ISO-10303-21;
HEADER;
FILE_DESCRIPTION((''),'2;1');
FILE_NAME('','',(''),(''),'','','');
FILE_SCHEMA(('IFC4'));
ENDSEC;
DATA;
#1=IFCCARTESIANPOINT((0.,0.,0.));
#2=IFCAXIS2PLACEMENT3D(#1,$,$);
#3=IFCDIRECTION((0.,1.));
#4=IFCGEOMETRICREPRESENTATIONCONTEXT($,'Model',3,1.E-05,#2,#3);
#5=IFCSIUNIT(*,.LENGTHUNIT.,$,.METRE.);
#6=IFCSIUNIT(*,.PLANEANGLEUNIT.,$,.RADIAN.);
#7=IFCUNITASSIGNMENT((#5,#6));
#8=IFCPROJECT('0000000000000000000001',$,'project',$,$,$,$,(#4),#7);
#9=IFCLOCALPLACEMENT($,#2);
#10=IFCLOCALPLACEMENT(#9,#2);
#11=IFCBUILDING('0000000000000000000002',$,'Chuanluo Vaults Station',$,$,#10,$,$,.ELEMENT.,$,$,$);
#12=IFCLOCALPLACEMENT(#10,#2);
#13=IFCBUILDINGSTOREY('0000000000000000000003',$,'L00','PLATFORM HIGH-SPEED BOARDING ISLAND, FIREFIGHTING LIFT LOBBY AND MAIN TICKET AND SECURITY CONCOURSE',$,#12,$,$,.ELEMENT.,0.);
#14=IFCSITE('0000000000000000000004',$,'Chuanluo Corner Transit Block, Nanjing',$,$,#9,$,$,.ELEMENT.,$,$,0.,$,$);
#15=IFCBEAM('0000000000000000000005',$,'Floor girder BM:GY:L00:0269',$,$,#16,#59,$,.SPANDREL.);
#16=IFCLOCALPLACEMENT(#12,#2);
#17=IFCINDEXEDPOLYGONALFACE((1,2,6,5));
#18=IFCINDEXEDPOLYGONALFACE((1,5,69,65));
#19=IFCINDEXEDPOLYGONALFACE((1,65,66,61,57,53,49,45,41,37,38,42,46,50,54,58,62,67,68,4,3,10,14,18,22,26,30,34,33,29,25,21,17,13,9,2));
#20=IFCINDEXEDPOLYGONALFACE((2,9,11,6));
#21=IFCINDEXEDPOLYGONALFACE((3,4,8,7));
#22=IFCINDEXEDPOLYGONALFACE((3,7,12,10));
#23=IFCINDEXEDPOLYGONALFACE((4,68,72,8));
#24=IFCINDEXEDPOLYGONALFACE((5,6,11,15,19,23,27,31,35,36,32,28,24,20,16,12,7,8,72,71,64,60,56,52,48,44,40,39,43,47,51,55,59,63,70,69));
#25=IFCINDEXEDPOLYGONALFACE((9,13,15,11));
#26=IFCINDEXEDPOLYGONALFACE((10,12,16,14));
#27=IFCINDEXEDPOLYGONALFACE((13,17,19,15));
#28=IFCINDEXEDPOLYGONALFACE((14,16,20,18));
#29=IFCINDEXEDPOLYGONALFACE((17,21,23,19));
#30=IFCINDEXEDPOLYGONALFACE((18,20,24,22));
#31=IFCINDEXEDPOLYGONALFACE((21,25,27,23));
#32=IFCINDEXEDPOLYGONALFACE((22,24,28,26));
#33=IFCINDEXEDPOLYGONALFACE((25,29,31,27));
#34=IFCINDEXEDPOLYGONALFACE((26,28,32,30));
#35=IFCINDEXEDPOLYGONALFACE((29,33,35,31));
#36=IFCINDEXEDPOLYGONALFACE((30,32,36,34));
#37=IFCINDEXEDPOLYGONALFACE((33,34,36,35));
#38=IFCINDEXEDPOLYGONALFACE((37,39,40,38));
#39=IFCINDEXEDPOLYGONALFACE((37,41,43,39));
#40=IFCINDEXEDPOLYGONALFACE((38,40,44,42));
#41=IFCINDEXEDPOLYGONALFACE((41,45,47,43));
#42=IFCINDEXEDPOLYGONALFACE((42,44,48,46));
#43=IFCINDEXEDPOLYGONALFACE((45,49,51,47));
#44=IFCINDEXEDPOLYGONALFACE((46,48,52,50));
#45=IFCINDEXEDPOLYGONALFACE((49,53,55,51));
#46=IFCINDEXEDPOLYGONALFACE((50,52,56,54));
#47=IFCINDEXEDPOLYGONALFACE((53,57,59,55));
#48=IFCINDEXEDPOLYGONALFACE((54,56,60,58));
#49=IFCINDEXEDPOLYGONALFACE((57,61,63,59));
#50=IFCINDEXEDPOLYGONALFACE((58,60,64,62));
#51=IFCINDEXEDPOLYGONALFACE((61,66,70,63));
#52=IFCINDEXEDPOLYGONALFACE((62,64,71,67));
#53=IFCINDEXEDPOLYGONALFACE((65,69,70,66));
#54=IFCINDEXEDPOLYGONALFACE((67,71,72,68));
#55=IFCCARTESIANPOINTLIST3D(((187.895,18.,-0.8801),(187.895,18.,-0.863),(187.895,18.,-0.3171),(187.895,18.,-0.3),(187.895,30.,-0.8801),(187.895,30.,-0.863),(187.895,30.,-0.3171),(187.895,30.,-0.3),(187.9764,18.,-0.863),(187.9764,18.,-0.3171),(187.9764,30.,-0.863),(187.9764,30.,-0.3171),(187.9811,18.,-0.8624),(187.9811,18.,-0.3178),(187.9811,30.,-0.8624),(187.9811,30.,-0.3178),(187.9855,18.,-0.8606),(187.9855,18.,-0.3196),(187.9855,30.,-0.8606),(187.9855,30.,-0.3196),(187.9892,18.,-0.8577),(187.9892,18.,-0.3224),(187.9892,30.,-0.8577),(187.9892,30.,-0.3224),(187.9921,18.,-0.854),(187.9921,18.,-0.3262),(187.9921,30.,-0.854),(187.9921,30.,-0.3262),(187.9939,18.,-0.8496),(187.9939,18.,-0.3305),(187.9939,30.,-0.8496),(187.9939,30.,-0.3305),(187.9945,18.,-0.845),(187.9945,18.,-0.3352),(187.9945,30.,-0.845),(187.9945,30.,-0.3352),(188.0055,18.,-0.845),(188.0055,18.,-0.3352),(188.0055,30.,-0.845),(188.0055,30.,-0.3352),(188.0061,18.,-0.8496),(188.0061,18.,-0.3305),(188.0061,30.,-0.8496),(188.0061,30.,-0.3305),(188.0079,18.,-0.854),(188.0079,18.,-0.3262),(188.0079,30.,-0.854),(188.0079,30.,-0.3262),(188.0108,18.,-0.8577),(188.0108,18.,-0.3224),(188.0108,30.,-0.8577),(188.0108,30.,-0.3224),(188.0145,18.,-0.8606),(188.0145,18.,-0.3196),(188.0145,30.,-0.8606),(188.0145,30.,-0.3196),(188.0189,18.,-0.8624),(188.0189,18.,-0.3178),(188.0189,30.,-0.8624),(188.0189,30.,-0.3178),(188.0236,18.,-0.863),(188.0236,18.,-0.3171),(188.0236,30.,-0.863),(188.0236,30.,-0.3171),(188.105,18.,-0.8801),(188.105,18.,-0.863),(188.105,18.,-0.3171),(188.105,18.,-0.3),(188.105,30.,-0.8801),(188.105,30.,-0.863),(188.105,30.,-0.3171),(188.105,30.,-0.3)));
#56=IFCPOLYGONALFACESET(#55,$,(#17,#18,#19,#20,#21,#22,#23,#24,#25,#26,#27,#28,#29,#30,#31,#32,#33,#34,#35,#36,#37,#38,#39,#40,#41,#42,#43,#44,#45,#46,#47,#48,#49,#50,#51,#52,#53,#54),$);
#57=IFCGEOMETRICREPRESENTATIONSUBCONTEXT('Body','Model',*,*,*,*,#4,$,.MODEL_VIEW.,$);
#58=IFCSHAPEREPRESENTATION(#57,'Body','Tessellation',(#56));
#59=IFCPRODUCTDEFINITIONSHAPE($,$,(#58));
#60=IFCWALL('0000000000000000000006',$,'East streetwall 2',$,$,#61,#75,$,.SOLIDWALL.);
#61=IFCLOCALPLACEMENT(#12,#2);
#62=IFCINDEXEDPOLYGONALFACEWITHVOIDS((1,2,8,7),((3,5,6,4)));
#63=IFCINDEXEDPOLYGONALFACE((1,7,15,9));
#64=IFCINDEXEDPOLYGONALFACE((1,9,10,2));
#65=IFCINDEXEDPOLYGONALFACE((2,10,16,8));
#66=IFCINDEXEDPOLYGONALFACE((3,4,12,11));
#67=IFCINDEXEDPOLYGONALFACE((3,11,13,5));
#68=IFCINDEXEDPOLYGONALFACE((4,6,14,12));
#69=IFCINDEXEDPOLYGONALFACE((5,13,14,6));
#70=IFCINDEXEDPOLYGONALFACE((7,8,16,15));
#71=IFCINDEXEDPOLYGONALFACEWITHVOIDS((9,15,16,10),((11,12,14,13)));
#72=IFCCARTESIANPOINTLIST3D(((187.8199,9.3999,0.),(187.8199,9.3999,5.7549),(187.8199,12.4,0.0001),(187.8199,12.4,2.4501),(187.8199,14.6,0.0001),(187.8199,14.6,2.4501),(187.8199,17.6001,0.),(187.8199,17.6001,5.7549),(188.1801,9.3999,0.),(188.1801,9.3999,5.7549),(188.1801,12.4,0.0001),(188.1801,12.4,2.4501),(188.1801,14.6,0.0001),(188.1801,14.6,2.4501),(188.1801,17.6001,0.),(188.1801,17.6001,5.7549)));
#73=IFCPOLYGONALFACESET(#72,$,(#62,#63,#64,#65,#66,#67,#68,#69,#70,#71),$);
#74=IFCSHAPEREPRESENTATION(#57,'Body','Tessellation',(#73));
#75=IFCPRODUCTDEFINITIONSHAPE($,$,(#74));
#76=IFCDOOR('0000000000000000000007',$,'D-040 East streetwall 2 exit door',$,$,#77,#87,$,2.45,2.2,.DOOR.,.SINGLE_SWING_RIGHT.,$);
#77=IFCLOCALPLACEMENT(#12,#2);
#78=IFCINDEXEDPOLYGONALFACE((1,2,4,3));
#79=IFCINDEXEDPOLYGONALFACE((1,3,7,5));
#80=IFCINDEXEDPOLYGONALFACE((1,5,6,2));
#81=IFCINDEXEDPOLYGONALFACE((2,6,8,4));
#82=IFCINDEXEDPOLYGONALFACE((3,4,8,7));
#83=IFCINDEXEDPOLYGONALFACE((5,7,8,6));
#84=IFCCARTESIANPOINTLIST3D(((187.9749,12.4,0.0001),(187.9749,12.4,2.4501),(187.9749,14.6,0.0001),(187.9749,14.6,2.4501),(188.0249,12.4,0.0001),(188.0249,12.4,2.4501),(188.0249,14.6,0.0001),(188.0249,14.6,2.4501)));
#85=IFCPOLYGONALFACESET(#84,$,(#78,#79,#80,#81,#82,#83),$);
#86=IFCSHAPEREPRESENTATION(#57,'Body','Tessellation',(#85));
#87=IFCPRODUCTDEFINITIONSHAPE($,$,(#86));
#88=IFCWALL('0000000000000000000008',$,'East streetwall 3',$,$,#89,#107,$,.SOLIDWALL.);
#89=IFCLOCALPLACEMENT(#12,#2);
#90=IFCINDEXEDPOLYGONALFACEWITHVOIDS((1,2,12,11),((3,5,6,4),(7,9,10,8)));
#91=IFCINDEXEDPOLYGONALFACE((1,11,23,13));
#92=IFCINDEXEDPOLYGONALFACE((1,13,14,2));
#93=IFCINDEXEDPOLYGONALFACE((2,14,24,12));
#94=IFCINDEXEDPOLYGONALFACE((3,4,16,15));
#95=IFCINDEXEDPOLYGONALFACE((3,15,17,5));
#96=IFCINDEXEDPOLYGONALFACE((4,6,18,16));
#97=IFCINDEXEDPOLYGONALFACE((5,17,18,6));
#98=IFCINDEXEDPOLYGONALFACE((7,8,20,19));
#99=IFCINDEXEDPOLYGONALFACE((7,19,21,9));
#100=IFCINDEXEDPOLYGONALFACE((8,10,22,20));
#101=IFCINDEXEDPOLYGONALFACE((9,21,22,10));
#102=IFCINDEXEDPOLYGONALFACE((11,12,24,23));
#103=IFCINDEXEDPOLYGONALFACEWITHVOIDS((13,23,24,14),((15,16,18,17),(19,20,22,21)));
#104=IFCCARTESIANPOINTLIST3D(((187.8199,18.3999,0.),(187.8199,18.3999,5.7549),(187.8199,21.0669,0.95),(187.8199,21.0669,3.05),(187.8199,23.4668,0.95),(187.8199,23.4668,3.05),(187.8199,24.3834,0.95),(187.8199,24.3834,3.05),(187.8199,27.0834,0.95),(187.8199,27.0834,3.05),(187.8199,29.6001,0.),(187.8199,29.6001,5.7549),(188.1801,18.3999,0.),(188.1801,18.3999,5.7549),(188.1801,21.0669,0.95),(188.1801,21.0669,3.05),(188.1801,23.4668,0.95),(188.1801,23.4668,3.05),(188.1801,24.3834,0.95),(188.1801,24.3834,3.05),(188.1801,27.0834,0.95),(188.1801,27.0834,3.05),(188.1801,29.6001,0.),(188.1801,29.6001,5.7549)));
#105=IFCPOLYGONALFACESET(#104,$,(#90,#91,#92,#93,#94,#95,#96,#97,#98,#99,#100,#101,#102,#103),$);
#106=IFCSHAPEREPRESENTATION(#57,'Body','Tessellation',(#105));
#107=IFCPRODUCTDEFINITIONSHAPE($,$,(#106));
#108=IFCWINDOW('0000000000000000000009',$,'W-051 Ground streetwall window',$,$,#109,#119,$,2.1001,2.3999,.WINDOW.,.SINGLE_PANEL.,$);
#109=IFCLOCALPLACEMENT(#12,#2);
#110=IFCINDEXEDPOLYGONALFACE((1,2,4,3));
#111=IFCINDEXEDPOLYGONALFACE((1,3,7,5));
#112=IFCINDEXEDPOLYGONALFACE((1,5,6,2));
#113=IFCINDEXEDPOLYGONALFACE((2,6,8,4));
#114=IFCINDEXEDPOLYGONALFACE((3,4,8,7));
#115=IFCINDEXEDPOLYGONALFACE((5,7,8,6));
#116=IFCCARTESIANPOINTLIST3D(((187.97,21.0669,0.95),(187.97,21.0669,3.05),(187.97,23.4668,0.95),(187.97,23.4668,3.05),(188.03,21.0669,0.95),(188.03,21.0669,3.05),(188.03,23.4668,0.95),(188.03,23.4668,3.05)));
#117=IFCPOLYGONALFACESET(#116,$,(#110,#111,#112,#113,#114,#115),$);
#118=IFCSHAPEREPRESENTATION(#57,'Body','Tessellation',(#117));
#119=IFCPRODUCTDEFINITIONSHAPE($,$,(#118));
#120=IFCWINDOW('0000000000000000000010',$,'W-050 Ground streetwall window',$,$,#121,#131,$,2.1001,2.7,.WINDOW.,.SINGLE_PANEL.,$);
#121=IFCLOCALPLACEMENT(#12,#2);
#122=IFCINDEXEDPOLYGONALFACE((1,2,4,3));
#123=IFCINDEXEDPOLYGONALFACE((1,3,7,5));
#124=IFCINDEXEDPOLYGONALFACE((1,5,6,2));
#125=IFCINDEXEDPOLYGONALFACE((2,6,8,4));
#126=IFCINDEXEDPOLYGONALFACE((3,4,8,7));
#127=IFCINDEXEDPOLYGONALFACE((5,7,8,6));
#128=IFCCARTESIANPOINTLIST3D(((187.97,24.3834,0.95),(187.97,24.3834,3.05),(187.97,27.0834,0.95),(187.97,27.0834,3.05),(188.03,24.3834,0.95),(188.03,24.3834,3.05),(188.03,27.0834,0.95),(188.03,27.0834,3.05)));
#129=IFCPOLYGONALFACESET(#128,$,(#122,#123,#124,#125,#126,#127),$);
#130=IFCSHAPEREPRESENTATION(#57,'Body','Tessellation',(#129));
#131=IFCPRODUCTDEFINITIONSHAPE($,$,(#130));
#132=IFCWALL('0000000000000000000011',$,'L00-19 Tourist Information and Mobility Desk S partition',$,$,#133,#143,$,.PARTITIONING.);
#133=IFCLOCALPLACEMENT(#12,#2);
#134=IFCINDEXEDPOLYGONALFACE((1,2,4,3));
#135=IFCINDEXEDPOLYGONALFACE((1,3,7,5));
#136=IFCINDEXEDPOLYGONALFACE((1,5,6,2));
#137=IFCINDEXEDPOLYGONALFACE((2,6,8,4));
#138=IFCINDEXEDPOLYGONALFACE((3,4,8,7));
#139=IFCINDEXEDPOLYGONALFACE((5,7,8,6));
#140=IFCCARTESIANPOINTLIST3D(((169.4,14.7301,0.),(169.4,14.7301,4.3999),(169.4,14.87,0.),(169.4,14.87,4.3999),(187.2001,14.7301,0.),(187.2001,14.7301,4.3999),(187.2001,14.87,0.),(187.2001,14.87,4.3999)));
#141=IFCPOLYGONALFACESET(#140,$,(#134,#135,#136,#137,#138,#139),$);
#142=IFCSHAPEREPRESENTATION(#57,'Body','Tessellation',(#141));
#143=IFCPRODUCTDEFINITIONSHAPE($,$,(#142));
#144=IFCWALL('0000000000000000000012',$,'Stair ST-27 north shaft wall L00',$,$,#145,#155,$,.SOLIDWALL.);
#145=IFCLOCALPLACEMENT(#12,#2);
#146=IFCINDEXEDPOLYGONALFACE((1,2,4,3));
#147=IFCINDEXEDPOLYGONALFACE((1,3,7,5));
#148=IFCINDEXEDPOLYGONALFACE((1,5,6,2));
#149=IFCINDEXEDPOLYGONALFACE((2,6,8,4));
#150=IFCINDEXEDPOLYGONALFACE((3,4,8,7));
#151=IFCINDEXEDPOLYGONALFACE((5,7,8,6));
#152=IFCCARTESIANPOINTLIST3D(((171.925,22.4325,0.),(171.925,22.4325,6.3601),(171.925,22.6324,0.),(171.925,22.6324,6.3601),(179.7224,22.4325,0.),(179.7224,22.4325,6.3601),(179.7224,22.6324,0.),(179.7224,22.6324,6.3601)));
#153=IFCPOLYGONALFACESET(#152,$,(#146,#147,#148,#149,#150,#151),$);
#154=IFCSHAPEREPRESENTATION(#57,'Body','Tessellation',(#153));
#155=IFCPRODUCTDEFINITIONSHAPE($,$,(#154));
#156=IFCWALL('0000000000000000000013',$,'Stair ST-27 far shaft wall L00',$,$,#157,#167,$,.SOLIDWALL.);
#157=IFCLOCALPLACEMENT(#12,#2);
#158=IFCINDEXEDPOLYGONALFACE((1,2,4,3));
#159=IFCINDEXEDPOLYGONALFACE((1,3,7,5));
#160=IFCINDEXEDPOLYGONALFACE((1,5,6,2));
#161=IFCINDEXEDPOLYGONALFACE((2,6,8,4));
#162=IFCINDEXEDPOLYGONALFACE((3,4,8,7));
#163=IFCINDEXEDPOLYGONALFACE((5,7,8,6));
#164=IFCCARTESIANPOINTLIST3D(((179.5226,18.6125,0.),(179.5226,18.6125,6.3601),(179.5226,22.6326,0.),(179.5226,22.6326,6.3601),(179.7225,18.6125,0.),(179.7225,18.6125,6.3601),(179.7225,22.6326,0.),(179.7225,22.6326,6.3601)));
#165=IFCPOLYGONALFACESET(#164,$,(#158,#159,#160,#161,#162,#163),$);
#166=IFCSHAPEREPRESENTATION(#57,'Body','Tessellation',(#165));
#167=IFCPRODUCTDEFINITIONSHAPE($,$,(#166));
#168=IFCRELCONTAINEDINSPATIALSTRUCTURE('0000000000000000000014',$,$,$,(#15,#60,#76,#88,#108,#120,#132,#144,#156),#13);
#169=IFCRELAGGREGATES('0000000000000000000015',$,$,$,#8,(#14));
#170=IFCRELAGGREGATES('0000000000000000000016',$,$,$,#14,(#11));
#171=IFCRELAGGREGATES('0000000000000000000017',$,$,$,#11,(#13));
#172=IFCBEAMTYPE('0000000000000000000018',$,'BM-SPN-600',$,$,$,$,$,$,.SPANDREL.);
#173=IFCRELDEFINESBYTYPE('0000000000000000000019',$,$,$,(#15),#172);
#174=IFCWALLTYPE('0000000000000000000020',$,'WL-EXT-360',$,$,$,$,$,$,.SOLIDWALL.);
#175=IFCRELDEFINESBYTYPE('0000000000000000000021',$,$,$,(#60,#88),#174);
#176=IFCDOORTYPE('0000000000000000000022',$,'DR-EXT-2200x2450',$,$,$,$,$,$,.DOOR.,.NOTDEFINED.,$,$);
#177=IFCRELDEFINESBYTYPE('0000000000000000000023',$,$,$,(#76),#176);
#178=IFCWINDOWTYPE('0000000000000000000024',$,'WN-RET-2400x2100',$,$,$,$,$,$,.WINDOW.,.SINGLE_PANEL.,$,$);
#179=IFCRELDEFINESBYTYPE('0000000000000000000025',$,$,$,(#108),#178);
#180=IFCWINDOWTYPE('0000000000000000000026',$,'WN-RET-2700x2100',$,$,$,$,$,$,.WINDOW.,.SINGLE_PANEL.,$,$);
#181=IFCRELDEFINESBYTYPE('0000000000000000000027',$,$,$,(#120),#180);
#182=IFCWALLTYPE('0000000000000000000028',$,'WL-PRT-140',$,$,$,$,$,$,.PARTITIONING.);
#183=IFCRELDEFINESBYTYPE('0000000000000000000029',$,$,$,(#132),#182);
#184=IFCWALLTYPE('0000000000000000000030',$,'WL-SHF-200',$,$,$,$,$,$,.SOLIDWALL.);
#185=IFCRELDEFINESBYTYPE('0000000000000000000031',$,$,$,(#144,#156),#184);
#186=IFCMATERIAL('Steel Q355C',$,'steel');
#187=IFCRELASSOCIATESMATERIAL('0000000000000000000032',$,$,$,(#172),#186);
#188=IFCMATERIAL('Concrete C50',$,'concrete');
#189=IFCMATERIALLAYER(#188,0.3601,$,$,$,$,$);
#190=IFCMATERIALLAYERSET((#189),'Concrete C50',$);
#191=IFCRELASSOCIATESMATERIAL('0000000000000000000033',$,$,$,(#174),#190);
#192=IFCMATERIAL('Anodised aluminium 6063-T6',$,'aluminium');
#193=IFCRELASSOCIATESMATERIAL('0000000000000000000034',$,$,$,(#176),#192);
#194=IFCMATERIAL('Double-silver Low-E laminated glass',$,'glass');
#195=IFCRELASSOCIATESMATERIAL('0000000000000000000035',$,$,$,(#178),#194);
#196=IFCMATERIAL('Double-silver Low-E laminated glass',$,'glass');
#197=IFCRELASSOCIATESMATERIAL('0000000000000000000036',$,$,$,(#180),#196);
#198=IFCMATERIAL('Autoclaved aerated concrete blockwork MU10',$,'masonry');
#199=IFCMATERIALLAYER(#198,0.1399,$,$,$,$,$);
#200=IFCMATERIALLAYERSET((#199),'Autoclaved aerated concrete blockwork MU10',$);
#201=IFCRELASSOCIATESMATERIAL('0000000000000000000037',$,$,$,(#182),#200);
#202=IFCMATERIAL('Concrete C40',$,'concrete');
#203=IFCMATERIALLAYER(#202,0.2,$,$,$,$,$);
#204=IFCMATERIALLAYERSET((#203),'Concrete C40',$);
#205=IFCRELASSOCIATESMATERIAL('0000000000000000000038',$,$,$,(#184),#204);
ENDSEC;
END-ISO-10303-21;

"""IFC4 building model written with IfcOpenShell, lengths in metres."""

from ifc_helpers import new_model, si_unit, direction, frame, frame_2d, origin, origin_2d, place, context, subcontext, project, spatial, rectangle, i_section, extrude, material, layer, layer_set, material_profile, profile_set, type_object, element, fill, save


model = new_model("IFC4")

# Units and contexts
model_context = context("Model", 3, precision=1e-05, world=origin(), true_north=direction((0.0, 1.0)))
body_context = subcontext(model_context, "Body", "Model", "MODEL_VIEW")
ifc_project = project(units=[si_unit("LENGTHUNIT", "METRE"), si_unit("PLANEANGLEUNIT", "RADIAN")], contexts=[model_context])

# Site, building, storey
site_placement = place(None, origin())
site = spatial("IfcSite", under=ifc_project, at=site_placement, Name="Chuanluo Corner Transit Block, Nanjing", CompositionType="ELEMENT", RefElevation=0.0)
building_placement = place(site_placement, origin())
building = spatial("IfcBuilding", under=site, at=building_placement, Name="Chuanluo Vaults Station", CompositionType="ELEMENT")
storey_placement = place(building_placement, origin())
storey = spatial("IfcBuildingStorey", under=building, at=storey_placement, Name="L00", Description="PLATFORM HIGH-SPEED BOARDING ISLAND, FIREFIGHTING LIFT LOBBY AND MAIN TICKET AND SECURITY CONCOURSE", CompositionType="ELEMENT", Elevation=0.0)

# Beam
ifc_material_1 = material(Name="Steel Q355C", Category="steel")
ifc_material_profile_1 = material_profile(ifc_material_1, i_section(OverallWidth=0.21, OverallDepth=0.5801, WebThickness=0.011, FlangeThickness=0.0171, FilletRadius=0.0181, at=origin_2d()))
ifc_profile_set_1 = profile_set([ifc_material_profile_1], Name="Steel Q355C")
beam_type_1 = type_object("IfcBeamType", Name="BM-SPN-600", PredefinedType="SPANDREL", material=ifc_profile_set_1)
beam_1_placement = place(storey_placement, frame((188.0, 18.0, -0.5901), z_axis=(0.0, 1.0, 0.0), x_axis=(-1.0, 0.0, 0.0)))
element("IfcBeam", 1, at=beam_1_placement, inside=storey, type_object=beam_type_1, Name="Floor girder BM:GY:L00:0269", PredefinedType="SPANDREL", context=body_context, shape_type="SweptSolid", body=[
    extrude(i_section(OverallWidth=0.21, OverallDepth=0.5801, WebThickness=0.011, FlangeThickness=0.0171, FilletRadius=0.0181, at=origin_2d()), origin(), (0.0, 0.0, 1.0), 12.0),
])

# Wall, opening, door
ifc_material_2 = material(Name="Concrete C50", Category="concrete")
ifc_layer_1 = layer(ifc_material_2, 0.3601)
ifc_layer_set_1 = layer_set([ifc_layer_1], Name="Concrete C50")
wall_type_1 = type_object("IfcWallType", Name="WL-EXT-360", PredefinedType="SOLIDWALL", material=ifc_layer_set_1)
wall_1_placement = place(storey_placement, frame((188.0, 17.6001, 0.0), z_axis=(0.0, 0.0, 1.0), x_axis=(0.0, -1.0, 0.0)))
wall_1 = element("IfcWall", 2, at=wall_1_placement, inside=storey, type_object=wall_type_1, Name="East streetwall 2", PredefinedType="SOLIDWALL", context=body_context, shape_type="SweptSolid", body=[
    extrude(rectangle(XDim=8.2002, YDim=0.3601, at=frame_2d((4.1001, 0.0))), origin(), (0.0, 0.0, 1.0), 5.7549),
])
opening_1_placement = place(wall_1_placement, frame((3.0, 0.0, 0.0)))
opening_1 = element("IfcOpeningElement", 3, at=opening_1_placement, cuts=wall_1, PredefinedType="OPENING", context=body_context, shape_type="SweptSolid", body=[
    extrude(rectangle(XDim=2.2, YDim=2.45, at=frame_2d((1.1001, 1.2251))), frame((0.0, 0.1902, 0.0), z_axis=(0.0, -1.0, 0.0), x_axis=(1.0, 0.0, 0.0)), (0.0, 0.0, 1.0), 0.3801),
])
ifc_material_3 = material(Name="Anodised aluminium 6063-T6", Category="aluminium")
door_type_1 = type_object("IfcDoorType", Name="DR-EXT-2200x2450", OperationType="NOTDEFINED", PredefinedType="DOOR", material=ifc_material_3)
door_1_placement = place(opening_1_placement, origin())
door_1 = element("IfcDoor", 4, at=door_1_placement, inside=storey, type_object=door_type_1, Name="D-040 East streetwall 2 exit door", OperationType="SINGLE_SWING_RIGHT", OverallHeight=2.45, OverallWidth=2.2, PredefinedType="DOOR", context=body_context, shape_type="SweptSolid", body=[
    extrude(rectangle(XDim=2.2, YDim=2.45, at=frame_2d((1.1001, 1.2251))), frame((0.0, 0.0249, 0.0), z_axis=(0.0, -1.0, 0.0), x_axis=(1.0, 0.0, 0.0)), (0.0, 0.0, 1.0), 0.05),
])
fill(opening_1, door_1)

# Wall, openings, windows
wall_2_placement = place(storey_placement, frame((188.0, 29.6001, 0.0), z_axis=(0.0, 0.0, 1.0), x_axis=(0.0, -1.0, 0.0)))
wall_2 = element("IfcWall", 5, at=wall_2_placement, inside=storey, type_object=wall_type_1, Name="East streetwall 3", PredefinedType="SOLIDWALL", context=body_context, shape_type="SweptSolid", body=[
    extrude(rectangle(XDim=11.2002, YDim=0.3601, at=frame_2d((5.6001, 0.0))), origin(), (0.0, 0.0, 1.0), 5.7549),
])
opening_2_placement = place(wall_2_placement, frame((2.5166, 0.0, 0.95)))
opening_2 = element("IfcOpeningElement", 6, at=opening_2_placement, cuts=wall_2, PredefinedType="OPENING", context=body_context, shape_type="SweptSolid", body=[
    extrude(rectangle(XDim=2.7, YDim=2.1001, at=frame_2d((1.3501, 1.05))), frame((0.0, 0.1902, 0.0), z_axis=(0.0, -1.0, 0.0), x_axis=(1.0, 0.0, 0.0)), (0.0, 0.0, 1.0), 0.3801),
])
opening_3_placement = place(wall_2_placement, frame((6.1333, 0.0, 0.95)))
opening_3 = element("IfcOpeningElement", 7, at=opening_3_placement, cuts=wall_2, PredefinedType="OPENING", context=body_context, shape_type="SweptSolid", body=[
    extrude(rectangle(XDim=2.3999, YDim=2.1001, at=frame_2d((1.2, 1.05))), frame((0.0, 0.1902, 0.0), z_axis=(0.0, -1.0, 0.0), x_axis=(1.0, 0.0, 0.0)), (0.0, 0.0, 1.0), 0.3801),
])
ifc_material_4 = material(Name="Double-silver Low-E laminated glass", Category="glass")
window_type_1 = type_object("IfcWindowType", Name="WN-RET-2400x2100", PartitioningType="SINGLE_PANEL", PredefinedType="WINDOW", material=ifc_material_4)
window_1_placement = place(opening_3_placement, origin())
window_1 = element("IfcWindow", 8, at=window_1_placement, inside=storey, type_object=window_type_1, Name="W-051 Ground streetwall window", OverallHeight=2.1001, OverallWidth=2.3999, PartitioningType="SINGLE_PANEL", PredefinedType="WINDOW", context=body_context, shape_type="SweptSolid", body=[
    extrude(rectangle(XDim=2.3999, YDim=2.1001, at=frame_2d((1.2, 1.05))), frame((0.0, 0.03, 0.0), z_axis=(0.0, -1.0, 0.0), x_axis=(1.0, 0.0, 0.0)), (0.0, 0.0, 1.0), 0.0601),
])
fill(opening_3, window_1)
ifc_material_5 = material(Name="Double-silver Low-E laminated glass", Category="glass")
window_type_2 = type_object("IfcWindowType", Name="WN-RET-2700x2100", PartitioningType="SINGLE_PANEL", PredefinedType="WINDOW", material=ifc_material_5)
window_2_placement = place(opening_2_placement, origin())
window_2 = element("IfcWindow", 9, at=window_2_placement, inside=storey, type_object=window_type_2, Name="W-050 Ground streetwall window", OverallHeight=2.1001, OverallWidth=2.7, PartitioningType="SINGLE_PANEL", PredefinedType="WINDOW", context=body_context, shape_type="SweptSolid", body=[
    extrude(rectangle(XDim=2.7, YDim=2.1001, at=frame_2d((1.3501, 1.05))), frame((0.0, 0.03, 0.0), z_axis=(0.0, -1.0, 0.0), x_axis=(1.0, 0.0, 0.0)), (0.0, 0.0, 1.0), 0.0601),
])
fill(opening_2, window_2)

# Walls
ifc_material_6 = material(Name="Autoclaved aerated concrete blockwork MU10", Category="masonry")
ifc_layer_2 = layer(ifc_material_6, 0.1399)
ifc_layer_set_2 = layer_set([ifc_layer_2], Name="Autoclaved aerated concrete blockwork MU10")
wall_type_2 = type_object("IfcWallType", Name="WL-PRT-140", PredefinedType="PARTITIONING", material=ifc_layer_set_2)
wall_3_placement = place(storey_placement, frame((187.2, 14.8, 0.0), z_axis=(0.0, 0.0, 1.0), x_axis=(-1.0, 0.0, 0.0)))
element("IfcWall", 10, at=wall_3_placement, inside=storey, type_object=wall_type_2, Name="L00-19 Tourist Information and Mobility Desk S partition", PredefinedType="PARTITIONING", context=body_context, shape_type="SweptSolid", body=[
    extrude(rectangle(XDim=17.8, YDim=0.1399, at=frame_2d((8.8999, 0.0))), origin(), (0.0, 0.0, 1.0), 4.3999),
])
ifc_material_7 = material(Name="Concrete C40", Category="concrete")
ifc_layer_3 = layer(ifc_material_7, 0.2)
ifc_layer_set_3 = layer_set([ifc_layer_3], Name="Concrete C40")
wall_type_3 = type_object("IfcWallType", Name="WL-SHF-200", PredefinedType="SOLIDWALL", material=ifc_layer_set_3)
wall_4_placement = place(storey_placement, frame((179.7224, 22.5325, 0.0), z_axis=(0.0, 0.0, 1.0), x_axis=(-1.0, 0.0, 0.0)))
element("IfcWall", 11, at=wall_4_placement, inside=storey, type_object=wall_type_3, Name="Stair ST-27 north shaft wall L00", PredefinedType="SOLIDWALL", context=body_context, shape_type="SweptSolid", body=[
    extrude(rectangle(XDim=7.7974, YDim=0.2, at=frame_2d((3.8987, 0.0))), origin(), (0.0, 0.0, 1.0), 6.3601),
])
wall_5_placement = place(storey_placement, frame((179.6226, 18.6125, 0.0), z_axis=(0.0, 0.0, 1.0), x_axis=(0.0, 1.0, 0.0)))
element("IfcWall", 12, at=wall_5_placement, inside=storey, type_object=wall_type_3, Name="Stair ST-27 far shaft wall L00", PredefinedType="SOLIDWALL", context=body_context, shape_type="SweptSolid", body=[
    extrude(rectangle(XDim=4.02, YDim=0.2, at=frame_2d((2.01, 0.0))), origin(), (0.0, 0.0, 1.0), 6.3601),
])

save(model, "model.ifc")
